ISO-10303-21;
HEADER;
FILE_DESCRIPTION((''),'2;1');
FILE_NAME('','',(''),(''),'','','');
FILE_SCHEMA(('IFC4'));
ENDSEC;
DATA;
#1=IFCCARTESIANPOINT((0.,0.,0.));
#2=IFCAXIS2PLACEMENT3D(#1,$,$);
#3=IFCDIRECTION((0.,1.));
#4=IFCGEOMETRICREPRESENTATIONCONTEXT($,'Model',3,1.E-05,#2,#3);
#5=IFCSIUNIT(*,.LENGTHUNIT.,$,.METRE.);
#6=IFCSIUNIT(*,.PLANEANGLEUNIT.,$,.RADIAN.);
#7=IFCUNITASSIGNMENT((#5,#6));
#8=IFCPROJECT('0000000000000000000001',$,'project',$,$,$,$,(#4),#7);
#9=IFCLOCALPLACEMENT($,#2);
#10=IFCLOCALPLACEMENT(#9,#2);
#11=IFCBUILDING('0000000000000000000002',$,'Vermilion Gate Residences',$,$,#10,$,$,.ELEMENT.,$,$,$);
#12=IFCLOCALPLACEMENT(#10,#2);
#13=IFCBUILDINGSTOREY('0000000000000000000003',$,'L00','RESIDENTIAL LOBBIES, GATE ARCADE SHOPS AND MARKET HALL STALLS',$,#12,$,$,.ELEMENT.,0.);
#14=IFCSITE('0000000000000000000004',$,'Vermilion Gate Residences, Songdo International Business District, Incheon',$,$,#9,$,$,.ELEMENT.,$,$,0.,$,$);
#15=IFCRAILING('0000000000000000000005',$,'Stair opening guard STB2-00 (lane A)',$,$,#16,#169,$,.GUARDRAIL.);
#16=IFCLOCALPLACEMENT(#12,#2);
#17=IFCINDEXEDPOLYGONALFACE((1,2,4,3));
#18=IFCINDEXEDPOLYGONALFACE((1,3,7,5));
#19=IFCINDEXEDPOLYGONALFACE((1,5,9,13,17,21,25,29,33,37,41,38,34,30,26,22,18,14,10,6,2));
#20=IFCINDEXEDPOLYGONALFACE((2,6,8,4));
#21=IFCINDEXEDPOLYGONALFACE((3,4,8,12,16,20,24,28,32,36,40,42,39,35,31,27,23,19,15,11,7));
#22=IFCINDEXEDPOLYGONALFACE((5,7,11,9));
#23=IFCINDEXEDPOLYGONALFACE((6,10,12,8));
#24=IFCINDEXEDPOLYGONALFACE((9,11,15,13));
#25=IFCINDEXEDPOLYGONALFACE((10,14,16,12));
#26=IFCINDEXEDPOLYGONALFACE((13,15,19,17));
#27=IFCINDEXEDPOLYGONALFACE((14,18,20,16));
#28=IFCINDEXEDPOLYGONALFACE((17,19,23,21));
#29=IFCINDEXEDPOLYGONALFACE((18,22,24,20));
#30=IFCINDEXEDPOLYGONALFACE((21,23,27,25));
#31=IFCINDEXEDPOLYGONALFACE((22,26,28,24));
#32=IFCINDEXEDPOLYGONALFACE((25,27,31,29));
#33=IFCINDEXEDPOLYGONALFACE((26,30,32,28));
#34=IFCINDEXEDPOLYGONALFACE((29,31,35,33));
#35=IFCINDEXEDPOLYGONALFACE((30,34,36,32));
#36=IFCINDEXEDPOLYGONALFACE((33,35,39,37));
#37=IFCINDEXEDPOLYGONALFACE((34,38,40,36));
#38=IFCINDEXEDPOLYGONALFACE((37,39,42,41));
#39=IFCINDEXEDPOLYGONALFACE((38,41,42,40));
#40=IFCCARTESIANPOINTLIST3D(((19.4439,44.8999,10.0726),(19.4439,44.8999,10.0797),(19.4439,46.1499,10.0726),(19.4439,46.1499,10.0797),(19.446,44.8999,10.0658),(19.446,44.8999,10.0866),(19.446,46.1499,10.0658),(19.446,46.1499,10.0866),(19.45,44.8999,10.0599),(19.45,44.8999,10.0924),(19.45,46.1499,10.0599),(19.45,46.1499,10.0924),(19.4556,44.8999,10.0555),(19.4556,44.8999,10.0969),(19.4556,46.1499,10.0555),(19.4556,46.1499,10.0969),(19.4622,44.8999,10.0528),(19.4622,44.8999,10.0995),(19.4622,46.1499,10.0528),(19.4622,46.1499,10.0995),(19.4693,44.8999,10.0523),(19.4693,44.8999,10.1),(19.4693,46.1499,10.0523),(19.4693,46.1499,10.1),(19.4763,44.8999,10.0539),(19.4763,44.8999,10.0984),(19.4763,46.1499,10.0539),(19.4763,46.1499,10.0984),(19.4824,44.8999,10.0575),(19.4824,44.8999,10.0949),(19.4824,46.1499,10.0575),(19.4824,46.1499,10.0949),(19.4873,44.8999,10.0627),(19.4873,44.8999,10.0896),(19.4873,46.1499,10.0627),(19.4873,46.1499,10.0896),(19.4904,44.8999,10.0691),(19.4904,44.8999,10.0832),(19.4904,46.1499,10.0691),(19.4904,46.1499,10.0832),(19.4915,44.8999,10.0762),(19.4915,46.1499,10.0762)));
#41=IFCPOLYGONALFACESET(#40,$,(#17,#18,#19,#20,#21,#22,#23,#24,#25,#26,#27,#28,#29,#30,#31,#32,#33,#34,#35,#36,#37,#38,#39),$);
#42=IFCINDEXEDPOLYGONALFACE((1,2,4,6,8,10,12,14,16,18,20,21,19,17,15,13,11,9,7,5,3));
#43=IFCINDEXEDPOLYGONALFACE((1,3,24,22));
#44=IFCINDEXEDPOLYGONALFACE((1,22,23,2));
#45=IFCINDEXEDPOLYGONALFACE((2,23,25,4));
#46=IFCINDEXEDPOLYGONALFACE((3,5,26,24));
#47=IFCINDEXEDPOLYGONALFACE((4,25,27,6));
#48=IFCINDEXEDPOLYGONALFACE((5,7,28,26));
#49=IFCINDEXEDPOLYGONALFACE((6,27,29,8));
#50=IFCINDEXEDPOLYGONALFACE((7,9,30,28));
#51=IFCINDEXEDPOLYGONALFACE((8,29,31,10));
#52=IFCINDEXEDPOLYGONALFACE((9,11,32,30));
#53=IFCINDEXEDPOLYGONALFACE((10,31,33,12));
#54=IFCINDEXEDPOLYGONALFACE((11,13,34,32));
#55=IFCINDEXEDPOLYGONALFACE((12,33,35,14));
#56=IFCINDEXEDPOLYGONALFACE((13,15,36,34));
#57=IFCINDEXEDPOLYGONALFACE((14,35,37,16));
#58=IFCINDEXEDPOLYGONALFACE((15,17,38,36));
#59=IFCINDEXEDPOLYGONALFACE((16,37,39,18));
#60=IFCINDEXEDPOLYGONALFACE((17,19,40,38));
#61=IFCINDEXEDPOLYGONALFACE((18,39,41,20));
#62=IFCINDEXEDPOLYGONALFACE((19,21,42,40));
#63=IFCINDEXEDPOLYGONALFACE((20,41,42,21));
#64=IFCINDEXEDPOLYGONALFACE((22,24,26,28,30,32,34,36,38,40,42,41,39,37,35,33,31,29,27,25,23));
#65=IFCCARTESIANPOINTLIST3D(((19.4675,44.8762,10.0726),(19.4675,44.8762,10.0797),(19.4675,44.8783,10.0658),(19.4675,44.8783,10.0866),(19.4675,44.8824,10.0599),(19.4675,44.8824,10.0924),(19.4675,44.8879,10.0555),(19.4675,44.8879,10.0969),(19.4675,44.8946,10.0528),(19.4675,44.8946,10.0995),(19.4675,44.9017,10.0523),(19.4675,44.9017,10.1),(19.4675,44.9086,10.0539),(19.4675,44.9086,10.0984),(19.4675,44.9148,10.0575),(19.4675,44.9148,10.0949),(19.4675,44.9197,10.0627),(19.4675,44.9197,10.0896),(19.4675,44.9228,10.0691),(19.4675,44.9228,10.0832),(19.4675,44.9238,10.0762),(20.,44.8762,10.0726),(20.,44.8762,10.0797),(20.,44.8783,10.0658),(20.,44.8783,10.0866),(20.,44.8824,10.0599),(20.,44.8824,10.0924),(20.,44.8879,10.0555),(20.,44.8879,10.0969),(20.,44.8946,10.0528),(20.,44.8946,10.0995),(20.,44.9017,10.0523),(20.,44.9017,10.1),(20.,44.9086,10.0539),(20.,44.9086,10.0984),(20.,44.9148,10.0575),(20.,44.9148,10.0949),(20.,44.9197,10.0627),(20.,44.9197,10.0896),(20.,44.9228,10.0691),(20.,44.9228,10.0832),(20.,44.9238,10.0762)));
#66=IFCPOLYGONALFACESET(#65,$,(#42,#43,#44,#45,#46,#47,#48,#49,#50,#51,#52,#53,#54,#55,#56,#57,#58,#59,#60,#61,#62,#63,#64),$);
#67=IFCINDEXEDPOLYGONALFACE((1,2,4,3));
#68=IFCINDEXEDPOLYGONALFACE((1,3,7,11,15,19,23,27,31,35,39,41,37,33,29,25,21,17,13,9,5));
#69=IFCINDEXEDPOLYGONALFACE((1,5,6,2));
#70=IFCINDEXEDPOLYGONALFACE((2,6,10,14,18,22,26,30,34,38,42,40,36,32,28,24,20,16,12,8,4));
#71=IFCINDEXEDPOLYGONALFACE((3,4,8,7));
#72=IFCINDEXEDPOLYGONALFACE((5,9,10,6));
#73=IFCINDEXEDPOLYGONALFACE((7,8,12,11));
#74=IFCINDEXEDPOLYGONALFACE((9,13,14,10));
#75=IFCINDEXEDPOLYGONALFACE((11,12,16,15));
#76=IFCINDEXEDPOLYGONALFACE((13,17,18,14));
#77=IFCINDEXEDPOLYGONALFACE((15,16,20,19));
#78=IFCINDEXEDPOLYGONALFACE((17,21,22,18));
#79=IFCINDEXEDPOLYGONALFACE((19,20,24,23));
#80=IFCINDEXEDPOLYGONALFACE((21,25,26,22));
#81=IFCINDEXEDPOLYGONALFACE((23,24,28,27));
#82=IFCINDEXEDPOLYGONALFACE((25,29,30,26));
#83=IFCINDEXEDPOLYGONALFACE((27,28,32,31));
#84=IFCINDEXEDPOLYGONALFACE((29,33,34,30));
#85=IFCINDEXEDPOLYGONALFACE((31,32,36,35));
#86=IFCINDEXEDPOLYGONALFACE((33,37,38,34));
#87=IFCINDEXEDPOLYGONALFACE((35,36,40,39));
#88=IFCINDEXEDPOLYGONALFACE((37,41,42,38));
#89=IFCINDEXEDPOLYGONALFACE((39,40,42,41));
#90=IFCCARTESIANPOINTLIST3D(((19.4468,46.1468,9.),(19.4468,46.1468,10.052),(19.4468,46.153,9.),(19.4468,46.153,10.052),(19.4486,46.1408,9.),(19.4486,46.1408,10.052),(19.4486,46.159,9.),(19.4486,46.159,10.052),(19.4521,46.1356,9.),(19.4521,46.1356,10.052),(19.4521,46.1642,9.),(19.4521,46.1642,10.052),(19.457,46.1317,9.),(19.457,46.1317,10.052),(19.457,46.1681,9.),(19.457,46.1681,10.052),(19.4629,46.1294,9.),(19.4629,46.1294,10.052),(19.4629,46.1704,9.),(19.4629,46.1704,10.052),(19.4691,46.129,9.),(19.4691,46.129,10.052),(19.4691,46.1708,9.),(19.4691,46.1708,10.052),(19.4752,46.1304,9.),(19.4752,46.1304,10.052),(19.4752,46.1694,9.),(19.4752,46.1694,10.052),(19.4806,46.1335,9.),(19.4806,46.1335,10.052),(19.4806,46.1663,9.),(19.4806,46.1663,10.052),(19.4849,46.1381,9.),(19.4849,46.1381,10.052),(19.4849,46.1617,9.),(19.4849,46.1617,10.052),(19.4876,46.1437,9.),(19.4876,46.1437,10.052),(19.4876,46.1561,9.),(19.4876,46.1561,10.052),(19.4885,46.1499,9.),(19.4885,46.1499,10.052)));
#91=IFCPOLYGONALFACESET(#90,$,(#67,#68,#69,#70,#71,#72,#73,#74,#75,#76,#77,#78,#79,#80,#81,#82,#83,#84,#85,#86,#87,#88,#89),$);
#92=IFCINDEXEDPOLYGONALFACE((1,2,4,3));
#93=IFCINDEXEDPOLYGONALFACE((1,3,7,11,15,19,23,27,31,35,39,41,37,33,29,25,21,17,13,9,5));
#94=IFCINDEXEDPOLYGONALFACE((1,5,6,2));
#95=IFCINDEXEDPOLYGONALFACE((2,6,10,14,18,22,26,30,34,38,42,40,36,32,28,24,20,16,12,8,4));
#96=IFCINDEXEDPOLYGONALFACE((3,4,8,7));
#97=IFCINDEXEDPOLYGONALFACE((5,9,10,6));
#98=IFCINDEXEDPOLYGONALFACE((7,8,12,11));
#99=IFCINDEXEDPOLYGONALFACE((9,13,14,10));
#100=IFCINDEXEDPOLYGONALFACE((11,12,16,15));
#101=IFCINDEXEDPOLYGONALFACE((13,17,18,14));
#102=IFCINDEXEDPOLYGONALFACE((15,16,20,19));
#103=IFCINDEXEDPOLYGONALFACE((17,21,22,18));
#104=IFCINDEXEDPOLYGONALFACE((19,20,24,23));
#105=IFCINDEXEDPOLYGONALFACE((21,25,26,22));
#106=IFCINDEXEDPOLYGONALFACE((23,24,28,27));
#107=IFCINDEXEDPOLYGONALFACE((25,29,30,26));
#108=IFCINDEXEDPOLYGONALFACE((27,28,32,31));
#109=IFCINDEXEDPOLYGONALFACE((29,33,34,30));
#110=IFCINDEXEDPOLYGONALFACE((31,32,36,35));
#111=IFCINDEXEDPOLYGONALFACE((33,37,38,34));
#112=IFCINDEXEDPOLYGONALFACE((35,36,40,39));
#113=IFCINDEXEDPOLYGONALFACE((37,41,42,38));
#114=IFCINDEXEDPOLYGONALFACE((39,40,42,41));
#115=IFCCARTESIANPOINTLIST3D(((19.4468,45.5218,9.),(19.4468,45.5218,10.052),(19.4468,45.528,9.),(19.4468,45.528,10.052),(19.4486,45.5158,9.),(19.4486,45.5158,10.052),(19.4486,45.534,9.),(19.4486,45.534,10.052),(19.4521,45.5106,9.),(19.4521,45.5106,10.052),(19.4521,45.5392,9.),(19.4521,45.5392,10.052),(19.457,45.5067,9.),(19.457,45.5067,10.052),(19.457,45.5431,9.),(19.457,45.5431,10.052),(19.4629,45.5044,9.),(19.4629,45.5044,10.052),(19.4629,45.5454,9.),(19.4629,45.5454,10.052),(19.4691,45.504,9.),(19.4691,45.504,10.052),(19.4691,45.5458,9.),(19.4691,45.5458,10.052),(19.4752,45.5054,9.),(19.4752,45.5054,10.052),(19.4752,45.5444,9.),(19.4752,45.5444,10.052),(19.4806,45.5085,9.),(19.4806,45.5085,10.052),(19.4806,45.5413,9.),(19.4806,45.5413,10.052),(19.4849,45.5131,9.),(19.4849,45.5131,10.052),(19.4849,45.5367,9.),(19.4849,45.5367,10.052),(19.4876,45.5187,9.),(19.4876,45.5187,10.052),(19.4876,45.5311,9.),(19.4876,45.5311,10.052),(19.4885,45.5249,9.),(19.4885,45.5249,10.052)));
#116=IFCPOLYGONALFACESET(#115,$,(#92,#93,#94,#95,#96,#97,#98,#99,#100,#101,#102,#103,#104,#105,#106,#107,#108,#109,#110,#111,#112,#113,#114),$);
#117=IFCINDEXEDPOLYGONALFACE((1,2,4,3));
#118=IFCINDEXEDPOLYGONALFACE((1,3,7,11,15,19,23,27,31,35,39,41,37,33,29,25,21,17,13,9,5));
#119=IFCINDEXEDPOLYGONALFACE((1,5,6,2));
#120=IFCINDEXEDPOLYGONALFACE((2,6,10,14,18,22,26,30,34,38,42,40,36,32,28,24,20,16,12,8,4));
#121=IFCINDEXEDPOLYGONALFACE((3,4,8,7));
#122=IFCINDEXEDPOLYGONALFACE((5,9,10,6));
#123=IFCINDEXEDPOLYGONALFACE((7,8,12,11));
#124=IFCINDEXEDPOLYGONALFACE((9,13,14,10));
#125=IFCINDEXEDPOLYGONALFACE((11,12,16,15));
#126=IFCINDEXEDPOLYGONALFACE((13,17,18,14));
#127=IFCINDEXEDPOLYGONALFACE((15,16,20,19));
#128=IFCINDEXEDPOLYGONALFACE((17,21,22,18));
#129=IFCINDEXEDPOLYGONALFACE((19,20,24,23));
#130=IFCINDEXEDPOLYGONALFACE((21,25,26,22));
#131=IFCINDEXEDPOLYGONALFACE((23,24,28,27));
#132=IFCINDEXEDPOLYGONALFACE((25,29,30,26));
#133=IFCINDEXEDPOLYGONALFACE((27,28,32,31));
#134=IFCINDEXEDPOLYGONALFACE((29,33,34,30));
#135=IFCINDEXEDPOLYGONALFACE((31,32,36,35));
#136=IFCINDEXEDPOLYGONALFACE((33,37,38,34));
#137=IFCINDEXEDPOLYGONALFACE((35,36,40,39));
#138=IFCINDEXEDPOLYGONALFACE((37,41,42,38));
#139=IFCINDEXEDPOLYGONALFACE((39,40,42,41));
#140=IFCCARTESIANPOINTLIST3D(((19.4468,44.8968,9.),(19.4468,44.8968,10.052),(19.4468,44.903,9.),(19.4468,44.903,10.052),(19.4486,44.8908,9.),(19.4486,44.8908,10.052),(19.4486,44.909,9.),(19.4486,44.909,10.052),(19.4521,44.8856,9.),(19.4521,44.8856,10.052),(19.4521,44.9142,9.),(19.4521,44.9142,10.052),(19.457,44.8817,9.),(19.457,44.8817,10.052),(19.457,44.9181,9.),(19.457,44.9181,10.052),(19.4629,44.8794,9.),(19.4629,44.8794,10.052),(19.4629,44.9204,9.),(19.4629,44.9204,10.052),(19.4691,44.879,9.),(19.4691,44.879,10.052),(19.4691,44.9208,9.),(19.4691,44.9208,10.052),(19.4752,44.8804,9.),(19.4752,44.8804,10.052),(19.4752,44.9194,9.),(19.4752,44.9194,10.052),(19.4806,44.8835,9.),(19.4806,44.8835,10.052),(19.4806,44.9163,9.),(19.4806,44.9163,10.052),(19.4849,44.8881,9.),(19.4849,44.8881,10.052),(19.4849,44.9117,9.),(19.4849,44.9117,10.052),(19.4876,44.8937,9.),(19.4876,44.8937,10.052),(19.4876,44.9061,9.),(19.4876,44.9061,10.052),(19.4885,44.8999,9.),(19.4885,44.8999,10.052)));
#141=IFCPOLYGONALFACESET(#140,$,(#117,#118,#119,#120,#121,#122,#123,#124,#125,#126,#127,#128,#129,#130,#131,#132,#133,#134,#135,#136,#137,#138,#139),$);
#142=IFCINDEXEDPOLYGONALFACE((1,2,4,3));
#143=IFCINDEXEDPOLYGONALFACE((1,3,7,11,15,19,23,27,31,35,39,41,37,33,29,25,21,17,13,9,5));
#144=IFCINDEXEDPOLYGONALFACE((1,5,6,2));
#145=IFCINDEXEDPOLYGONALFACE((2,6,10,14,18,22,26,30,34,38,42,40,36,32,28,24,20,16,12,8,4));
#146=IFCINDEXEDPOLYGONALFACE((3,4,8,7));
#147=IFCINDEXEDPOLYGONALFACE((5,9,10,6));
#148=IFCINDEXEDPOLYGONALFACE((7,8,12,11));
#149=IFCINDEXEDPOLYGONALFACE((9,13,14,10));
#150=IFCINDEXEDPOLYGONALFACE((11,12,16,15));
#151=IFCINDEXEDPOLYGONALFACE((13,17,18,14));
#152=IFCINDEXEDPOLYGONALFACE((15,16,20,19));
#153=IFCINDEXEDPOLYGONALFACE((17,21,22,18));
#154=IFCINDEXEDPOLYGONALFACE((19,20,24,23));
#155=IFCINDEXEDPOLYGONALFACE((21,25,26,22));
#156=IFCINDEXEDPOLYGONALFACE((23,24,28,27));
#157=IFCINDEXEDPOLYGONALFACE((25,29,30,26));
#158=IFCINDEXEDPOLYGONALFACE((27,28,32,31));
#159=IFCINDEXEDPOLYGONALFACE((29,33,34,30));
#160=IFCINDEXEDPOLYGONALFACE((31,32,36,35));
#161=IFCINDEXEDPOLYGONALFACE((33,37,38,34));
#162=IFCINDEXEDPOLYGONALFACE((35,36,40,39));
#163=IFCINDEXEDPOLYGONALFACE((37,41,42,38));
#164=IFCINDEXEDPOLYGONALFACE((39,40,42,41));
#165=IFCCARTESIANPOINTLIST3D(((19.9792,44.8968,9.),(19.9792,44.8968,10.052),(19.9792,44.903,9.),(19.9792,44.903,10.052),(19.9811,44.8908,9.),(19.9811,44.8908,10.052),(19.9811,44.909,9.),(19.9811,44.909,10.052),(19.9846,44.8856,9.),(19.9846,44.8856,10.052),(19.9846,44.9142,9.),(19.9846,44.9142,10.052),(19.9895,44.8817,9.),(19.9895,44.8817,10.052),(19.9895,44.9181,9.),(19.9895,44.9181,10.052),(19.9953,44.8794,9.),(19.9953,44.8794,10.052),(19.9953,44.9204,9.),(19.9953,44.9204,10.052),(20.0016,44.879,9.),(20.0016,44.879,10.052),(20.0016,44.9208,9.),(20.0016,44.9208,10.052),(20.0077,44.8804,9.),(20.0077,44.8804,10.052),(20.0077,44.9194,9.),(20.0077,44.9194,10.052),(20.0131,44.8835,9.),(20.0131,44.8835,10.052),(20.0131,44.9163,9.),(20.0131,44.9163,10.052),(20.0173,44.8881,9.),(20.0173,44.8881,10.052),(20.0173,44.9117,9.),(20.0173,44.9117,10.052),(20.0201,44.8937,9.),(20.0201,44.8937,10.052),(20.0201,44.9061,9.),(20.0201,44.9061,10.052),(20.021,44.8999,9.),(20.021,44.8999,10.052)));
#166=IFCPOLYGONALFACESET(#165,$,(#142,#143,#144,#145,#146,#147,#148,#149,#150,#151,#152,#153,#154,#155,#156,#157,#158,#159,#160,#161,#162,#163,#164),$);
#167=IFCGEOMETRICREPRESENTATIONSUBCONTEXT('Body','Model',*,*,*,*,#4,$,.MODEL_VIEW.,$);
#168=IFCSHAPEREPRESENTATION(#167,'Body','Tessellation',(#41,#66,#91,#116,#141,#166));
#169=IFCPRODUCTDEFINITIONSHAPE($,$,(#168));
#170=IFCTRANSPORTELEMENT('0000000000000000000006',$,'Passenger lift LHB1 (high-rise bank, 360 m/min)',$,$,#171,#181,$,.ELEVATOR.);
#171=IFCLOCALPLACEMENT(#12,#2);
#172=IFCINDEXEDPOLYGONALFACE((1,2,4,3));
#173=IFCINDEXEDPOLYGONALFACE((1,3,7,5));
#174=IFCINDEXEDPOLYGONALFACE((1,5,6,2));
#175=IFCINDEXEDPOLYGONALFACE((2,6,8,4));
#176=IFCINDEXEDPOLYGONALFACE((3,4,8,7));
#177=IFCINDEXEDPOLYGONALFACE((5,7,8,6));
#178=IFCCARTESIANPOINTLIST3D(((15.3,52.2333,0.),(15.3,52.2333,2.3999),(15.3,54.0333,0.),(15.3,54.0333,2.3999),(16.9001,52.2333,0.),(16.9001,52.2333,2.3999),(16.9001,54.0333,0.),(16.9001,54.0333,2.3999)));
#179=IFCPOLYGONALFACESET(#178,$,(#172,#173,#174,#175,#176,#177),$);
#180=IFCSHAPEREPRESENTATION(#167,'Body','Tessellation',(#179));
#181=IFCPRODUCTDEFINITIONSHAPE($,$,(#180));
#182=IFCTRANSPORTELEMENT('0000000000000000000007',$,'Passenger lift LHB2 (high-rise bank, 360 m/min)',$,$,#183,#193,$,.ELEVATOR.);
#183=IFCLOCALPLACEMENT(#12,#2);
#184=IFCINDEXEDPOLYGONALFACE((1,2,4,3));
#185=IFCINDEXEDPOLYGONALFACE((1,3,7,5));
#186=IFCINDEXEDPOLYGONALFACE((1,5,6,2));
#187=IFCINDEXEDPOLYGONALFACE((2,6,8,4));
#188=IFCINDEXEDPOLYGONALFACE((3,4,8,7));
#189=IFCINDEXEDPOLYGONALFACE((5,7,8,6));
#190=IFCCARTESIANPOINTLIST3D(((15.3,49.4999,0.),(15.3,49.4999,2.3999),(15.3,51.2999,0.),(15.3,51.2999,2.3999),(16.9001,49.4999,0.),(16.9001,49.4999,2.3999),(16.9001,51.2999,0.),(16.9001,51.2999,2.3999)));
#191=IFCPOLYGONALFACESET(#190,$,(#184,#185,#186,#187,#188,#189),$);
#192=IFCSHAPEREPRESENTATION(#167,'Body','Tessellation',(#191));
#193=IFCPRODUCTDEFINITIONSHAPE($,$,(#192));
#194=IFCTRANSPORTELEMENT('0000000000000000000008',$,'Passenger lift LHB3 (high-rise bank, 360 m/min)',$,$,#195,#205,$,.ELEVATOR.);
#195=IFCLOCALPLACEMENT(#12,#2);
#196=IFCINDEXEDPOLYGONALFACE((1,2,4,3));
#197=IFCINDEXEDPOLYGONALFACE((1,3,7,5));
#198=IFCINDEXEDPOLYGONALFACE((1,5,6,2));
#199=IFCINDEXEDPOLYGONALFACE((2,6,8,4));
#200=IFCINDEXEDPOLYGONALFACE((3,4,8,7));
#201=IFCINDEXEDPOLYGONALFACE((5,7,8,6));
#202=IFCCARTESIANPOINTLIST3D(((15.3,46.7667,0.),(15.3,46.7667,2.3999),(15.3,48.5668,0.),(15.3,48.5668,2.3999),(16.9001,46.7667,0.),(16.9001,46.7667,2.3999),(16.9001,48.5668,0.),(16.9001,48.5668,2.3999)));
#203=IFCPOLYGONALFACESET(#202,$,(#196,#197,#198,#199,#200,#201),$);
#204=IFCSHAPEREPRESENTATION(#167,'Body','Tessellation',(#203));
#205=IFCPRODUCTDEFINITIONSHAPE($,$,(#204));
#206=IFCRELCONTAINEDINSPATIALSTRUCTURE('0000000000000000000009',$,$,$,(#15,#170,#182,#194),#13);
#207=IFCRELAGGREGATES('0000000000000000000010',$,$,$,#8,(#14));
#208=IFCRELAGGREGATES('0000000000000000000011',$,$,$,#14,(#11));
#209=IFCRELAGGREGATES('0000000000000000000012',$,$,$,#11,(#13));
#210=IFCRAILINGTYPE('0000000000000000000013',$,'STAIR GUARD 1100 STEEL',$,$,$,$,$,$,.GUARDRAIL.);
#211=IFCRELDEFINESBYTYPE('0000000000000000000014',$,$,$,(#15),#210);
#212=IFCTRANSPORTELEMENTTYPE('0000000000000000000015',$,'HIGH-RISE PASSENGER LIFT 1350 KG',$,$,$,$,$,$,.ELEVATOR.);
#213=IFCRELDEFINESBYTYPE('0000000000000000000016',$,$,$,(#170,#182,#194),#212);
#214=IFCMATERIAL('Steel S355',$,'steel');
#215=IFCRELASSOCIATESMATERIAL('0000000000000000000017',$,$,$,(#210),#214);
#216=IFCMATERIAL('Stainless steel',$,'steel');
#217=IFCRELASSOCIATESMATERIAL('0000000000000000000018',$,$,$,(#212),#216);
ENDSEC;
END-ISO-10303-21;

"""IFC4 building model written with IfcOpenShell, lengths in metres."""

from ifc_helpers import new_model, si_unit, direction, frame, origin, origin_2d, place, context, subcontext, project, spatial, rectangle, circle, extrude, material, type_object, element, save


model = new_model("IFC4")

# Units and contexts
model_context = context("Model", 3, precision=1e-05, world=origin(), true_north=direction((0.0, 1.0)))
body_context = subcontext(model_context, "Body", "Model", "MODEL_VIEW")
ifc_project = project(units=[si_unit("LENGTHUNIT", "METRE"), si_unit("PLANEANGLEUNIT", "RADIAN")], contexts=[model_context])

# Site, building, storey
site_placement = place(None, origin())
site = spatial("IfcSite", under=ifc_project, at=site_placement, Name="Vermilion Gate Residences, Songdo International Business District, Incheon", CompositionType="ELEMENT", RefElevation=0.0)
building_placement = place(site_placement, origin())
building = spatial("IfcBuilding", under=site, at=building_placement, Name="Vermilion Gate Residences", CompositionType="ELEMENT")
storey_placement = place(building_placement, origin())
storey = spatial("IfcBuildingStorey", under=building, at=storey_placement, Name="L00", Description="RESIDENTIAL LOBBIES, GATE ARCADE SHOPS AND MARKET HALL STALLS", CompositionType="ELEMENT", Elevation=0.0)

# Railing
ifc_material_1 = material(Name="Steel S355", Category="steel")
railing_type = type_object("IfcRailingType", Name="STAIR GUARD 1100 STEEL", PredefinedType="GUARDRAIL", material=ifc_material_1)
railing_placement = place(storey_placement, frame((19.4675, 46.1499, 9.0)))
element("IfcRailing", 1, at=railing_placement, inside=storey, type_object=railing_type, Name="Stair opening guard STB2-00 (lane A)", PredefinedType="GUARDRAIL", context=body_context, shape_type="SweptSolid", body=[
    extrude(circle(Radius=0.0239, at=origin_2d()), frame((0.0, 0.0, 1.0762), z_axis=(0.0, -1.0, 0.0), x_axis=(1.0, 0.0, 0.0)), (0.0, 0.0, 1.0), 1.25),
    extrude(circle(Radius=0.0239, at=origin_2d()), frame((0.0, -1.25, 1.0762), z_axis=(1.0, 0.0, 0.0), x_axis=(0.0, 1.0, 0.0)), (0.0, 0.0, 1.0), 0.5325),
    extrude(circle(Radius=0.021, at=origin_2d()), origin(), (0.0, 0.0, 1.0), 1.052),
    extrude(circle(Radius=0.021, at=origin_2d()), frame((0.0, -0.625, 0.0)), (0.0, 0.0, 1.0), 1.052),
    extrude(circle(Radius=0.021, at=origin_2d()), frame((0.0, -1.25, 0.0)), (0.0, 0.0, 1.0), 1.052),
    extrude(circle(Radius=0.021, at=origin_2d()), frame((0.5325, -1.25, 0.0)), (0.0, 0.0, 1.0), 1.052),
])

# Transport elements
ifc_material_2 = material(Name="Stainless steel", Category="steel")
transport_element_type = type_object("IfcTransportElementType", Name="HIGH-RISE PASSENGER LIFT 1350 KG", PredefinedType="ELEVATOR", material=ifc_material_2)
for number, where, z_axis, x_axis, name in (
    (2, (16.1001, 53.1333, 0.0), (0.0, 0.0, 1.0), (1.0, 0.0, 0.0), "Passenger lift LHB1 (high-rise bank, 360 m/min)"),
    (3, (16.1001, 50.3999, 0.0), (0.0, 0.0, 1.0), (1.0, 0.0, 0.0), "Passenger lift LHB2 (high-rise bank, 360 m/min)"),
    (4, (16.1001, 47.6667, 0.0), (0.0, 0.0, 1.0), (1.0, 0.0, 0.0), "Passenger lift LHB3 (high-rise bank, 360 m/min)"),
):
    element("IfcTransportElement", number, at=place(storey_placement, frame(where, z_axis=z_axis, x_axis=x_axis)), inside=storey, type_object=transport_element_type, Name=name, PredefinedType="ELEVATOR", context=body_context, shape_type="SweptSolid", body=[
        extrude(rectangle(XDim=1.6001, YDim=1.8, at=origin_2d()), origin(), (0.0, 0.0, 1.0), 2.3999),
    ])

save(model, "model.ifc")
